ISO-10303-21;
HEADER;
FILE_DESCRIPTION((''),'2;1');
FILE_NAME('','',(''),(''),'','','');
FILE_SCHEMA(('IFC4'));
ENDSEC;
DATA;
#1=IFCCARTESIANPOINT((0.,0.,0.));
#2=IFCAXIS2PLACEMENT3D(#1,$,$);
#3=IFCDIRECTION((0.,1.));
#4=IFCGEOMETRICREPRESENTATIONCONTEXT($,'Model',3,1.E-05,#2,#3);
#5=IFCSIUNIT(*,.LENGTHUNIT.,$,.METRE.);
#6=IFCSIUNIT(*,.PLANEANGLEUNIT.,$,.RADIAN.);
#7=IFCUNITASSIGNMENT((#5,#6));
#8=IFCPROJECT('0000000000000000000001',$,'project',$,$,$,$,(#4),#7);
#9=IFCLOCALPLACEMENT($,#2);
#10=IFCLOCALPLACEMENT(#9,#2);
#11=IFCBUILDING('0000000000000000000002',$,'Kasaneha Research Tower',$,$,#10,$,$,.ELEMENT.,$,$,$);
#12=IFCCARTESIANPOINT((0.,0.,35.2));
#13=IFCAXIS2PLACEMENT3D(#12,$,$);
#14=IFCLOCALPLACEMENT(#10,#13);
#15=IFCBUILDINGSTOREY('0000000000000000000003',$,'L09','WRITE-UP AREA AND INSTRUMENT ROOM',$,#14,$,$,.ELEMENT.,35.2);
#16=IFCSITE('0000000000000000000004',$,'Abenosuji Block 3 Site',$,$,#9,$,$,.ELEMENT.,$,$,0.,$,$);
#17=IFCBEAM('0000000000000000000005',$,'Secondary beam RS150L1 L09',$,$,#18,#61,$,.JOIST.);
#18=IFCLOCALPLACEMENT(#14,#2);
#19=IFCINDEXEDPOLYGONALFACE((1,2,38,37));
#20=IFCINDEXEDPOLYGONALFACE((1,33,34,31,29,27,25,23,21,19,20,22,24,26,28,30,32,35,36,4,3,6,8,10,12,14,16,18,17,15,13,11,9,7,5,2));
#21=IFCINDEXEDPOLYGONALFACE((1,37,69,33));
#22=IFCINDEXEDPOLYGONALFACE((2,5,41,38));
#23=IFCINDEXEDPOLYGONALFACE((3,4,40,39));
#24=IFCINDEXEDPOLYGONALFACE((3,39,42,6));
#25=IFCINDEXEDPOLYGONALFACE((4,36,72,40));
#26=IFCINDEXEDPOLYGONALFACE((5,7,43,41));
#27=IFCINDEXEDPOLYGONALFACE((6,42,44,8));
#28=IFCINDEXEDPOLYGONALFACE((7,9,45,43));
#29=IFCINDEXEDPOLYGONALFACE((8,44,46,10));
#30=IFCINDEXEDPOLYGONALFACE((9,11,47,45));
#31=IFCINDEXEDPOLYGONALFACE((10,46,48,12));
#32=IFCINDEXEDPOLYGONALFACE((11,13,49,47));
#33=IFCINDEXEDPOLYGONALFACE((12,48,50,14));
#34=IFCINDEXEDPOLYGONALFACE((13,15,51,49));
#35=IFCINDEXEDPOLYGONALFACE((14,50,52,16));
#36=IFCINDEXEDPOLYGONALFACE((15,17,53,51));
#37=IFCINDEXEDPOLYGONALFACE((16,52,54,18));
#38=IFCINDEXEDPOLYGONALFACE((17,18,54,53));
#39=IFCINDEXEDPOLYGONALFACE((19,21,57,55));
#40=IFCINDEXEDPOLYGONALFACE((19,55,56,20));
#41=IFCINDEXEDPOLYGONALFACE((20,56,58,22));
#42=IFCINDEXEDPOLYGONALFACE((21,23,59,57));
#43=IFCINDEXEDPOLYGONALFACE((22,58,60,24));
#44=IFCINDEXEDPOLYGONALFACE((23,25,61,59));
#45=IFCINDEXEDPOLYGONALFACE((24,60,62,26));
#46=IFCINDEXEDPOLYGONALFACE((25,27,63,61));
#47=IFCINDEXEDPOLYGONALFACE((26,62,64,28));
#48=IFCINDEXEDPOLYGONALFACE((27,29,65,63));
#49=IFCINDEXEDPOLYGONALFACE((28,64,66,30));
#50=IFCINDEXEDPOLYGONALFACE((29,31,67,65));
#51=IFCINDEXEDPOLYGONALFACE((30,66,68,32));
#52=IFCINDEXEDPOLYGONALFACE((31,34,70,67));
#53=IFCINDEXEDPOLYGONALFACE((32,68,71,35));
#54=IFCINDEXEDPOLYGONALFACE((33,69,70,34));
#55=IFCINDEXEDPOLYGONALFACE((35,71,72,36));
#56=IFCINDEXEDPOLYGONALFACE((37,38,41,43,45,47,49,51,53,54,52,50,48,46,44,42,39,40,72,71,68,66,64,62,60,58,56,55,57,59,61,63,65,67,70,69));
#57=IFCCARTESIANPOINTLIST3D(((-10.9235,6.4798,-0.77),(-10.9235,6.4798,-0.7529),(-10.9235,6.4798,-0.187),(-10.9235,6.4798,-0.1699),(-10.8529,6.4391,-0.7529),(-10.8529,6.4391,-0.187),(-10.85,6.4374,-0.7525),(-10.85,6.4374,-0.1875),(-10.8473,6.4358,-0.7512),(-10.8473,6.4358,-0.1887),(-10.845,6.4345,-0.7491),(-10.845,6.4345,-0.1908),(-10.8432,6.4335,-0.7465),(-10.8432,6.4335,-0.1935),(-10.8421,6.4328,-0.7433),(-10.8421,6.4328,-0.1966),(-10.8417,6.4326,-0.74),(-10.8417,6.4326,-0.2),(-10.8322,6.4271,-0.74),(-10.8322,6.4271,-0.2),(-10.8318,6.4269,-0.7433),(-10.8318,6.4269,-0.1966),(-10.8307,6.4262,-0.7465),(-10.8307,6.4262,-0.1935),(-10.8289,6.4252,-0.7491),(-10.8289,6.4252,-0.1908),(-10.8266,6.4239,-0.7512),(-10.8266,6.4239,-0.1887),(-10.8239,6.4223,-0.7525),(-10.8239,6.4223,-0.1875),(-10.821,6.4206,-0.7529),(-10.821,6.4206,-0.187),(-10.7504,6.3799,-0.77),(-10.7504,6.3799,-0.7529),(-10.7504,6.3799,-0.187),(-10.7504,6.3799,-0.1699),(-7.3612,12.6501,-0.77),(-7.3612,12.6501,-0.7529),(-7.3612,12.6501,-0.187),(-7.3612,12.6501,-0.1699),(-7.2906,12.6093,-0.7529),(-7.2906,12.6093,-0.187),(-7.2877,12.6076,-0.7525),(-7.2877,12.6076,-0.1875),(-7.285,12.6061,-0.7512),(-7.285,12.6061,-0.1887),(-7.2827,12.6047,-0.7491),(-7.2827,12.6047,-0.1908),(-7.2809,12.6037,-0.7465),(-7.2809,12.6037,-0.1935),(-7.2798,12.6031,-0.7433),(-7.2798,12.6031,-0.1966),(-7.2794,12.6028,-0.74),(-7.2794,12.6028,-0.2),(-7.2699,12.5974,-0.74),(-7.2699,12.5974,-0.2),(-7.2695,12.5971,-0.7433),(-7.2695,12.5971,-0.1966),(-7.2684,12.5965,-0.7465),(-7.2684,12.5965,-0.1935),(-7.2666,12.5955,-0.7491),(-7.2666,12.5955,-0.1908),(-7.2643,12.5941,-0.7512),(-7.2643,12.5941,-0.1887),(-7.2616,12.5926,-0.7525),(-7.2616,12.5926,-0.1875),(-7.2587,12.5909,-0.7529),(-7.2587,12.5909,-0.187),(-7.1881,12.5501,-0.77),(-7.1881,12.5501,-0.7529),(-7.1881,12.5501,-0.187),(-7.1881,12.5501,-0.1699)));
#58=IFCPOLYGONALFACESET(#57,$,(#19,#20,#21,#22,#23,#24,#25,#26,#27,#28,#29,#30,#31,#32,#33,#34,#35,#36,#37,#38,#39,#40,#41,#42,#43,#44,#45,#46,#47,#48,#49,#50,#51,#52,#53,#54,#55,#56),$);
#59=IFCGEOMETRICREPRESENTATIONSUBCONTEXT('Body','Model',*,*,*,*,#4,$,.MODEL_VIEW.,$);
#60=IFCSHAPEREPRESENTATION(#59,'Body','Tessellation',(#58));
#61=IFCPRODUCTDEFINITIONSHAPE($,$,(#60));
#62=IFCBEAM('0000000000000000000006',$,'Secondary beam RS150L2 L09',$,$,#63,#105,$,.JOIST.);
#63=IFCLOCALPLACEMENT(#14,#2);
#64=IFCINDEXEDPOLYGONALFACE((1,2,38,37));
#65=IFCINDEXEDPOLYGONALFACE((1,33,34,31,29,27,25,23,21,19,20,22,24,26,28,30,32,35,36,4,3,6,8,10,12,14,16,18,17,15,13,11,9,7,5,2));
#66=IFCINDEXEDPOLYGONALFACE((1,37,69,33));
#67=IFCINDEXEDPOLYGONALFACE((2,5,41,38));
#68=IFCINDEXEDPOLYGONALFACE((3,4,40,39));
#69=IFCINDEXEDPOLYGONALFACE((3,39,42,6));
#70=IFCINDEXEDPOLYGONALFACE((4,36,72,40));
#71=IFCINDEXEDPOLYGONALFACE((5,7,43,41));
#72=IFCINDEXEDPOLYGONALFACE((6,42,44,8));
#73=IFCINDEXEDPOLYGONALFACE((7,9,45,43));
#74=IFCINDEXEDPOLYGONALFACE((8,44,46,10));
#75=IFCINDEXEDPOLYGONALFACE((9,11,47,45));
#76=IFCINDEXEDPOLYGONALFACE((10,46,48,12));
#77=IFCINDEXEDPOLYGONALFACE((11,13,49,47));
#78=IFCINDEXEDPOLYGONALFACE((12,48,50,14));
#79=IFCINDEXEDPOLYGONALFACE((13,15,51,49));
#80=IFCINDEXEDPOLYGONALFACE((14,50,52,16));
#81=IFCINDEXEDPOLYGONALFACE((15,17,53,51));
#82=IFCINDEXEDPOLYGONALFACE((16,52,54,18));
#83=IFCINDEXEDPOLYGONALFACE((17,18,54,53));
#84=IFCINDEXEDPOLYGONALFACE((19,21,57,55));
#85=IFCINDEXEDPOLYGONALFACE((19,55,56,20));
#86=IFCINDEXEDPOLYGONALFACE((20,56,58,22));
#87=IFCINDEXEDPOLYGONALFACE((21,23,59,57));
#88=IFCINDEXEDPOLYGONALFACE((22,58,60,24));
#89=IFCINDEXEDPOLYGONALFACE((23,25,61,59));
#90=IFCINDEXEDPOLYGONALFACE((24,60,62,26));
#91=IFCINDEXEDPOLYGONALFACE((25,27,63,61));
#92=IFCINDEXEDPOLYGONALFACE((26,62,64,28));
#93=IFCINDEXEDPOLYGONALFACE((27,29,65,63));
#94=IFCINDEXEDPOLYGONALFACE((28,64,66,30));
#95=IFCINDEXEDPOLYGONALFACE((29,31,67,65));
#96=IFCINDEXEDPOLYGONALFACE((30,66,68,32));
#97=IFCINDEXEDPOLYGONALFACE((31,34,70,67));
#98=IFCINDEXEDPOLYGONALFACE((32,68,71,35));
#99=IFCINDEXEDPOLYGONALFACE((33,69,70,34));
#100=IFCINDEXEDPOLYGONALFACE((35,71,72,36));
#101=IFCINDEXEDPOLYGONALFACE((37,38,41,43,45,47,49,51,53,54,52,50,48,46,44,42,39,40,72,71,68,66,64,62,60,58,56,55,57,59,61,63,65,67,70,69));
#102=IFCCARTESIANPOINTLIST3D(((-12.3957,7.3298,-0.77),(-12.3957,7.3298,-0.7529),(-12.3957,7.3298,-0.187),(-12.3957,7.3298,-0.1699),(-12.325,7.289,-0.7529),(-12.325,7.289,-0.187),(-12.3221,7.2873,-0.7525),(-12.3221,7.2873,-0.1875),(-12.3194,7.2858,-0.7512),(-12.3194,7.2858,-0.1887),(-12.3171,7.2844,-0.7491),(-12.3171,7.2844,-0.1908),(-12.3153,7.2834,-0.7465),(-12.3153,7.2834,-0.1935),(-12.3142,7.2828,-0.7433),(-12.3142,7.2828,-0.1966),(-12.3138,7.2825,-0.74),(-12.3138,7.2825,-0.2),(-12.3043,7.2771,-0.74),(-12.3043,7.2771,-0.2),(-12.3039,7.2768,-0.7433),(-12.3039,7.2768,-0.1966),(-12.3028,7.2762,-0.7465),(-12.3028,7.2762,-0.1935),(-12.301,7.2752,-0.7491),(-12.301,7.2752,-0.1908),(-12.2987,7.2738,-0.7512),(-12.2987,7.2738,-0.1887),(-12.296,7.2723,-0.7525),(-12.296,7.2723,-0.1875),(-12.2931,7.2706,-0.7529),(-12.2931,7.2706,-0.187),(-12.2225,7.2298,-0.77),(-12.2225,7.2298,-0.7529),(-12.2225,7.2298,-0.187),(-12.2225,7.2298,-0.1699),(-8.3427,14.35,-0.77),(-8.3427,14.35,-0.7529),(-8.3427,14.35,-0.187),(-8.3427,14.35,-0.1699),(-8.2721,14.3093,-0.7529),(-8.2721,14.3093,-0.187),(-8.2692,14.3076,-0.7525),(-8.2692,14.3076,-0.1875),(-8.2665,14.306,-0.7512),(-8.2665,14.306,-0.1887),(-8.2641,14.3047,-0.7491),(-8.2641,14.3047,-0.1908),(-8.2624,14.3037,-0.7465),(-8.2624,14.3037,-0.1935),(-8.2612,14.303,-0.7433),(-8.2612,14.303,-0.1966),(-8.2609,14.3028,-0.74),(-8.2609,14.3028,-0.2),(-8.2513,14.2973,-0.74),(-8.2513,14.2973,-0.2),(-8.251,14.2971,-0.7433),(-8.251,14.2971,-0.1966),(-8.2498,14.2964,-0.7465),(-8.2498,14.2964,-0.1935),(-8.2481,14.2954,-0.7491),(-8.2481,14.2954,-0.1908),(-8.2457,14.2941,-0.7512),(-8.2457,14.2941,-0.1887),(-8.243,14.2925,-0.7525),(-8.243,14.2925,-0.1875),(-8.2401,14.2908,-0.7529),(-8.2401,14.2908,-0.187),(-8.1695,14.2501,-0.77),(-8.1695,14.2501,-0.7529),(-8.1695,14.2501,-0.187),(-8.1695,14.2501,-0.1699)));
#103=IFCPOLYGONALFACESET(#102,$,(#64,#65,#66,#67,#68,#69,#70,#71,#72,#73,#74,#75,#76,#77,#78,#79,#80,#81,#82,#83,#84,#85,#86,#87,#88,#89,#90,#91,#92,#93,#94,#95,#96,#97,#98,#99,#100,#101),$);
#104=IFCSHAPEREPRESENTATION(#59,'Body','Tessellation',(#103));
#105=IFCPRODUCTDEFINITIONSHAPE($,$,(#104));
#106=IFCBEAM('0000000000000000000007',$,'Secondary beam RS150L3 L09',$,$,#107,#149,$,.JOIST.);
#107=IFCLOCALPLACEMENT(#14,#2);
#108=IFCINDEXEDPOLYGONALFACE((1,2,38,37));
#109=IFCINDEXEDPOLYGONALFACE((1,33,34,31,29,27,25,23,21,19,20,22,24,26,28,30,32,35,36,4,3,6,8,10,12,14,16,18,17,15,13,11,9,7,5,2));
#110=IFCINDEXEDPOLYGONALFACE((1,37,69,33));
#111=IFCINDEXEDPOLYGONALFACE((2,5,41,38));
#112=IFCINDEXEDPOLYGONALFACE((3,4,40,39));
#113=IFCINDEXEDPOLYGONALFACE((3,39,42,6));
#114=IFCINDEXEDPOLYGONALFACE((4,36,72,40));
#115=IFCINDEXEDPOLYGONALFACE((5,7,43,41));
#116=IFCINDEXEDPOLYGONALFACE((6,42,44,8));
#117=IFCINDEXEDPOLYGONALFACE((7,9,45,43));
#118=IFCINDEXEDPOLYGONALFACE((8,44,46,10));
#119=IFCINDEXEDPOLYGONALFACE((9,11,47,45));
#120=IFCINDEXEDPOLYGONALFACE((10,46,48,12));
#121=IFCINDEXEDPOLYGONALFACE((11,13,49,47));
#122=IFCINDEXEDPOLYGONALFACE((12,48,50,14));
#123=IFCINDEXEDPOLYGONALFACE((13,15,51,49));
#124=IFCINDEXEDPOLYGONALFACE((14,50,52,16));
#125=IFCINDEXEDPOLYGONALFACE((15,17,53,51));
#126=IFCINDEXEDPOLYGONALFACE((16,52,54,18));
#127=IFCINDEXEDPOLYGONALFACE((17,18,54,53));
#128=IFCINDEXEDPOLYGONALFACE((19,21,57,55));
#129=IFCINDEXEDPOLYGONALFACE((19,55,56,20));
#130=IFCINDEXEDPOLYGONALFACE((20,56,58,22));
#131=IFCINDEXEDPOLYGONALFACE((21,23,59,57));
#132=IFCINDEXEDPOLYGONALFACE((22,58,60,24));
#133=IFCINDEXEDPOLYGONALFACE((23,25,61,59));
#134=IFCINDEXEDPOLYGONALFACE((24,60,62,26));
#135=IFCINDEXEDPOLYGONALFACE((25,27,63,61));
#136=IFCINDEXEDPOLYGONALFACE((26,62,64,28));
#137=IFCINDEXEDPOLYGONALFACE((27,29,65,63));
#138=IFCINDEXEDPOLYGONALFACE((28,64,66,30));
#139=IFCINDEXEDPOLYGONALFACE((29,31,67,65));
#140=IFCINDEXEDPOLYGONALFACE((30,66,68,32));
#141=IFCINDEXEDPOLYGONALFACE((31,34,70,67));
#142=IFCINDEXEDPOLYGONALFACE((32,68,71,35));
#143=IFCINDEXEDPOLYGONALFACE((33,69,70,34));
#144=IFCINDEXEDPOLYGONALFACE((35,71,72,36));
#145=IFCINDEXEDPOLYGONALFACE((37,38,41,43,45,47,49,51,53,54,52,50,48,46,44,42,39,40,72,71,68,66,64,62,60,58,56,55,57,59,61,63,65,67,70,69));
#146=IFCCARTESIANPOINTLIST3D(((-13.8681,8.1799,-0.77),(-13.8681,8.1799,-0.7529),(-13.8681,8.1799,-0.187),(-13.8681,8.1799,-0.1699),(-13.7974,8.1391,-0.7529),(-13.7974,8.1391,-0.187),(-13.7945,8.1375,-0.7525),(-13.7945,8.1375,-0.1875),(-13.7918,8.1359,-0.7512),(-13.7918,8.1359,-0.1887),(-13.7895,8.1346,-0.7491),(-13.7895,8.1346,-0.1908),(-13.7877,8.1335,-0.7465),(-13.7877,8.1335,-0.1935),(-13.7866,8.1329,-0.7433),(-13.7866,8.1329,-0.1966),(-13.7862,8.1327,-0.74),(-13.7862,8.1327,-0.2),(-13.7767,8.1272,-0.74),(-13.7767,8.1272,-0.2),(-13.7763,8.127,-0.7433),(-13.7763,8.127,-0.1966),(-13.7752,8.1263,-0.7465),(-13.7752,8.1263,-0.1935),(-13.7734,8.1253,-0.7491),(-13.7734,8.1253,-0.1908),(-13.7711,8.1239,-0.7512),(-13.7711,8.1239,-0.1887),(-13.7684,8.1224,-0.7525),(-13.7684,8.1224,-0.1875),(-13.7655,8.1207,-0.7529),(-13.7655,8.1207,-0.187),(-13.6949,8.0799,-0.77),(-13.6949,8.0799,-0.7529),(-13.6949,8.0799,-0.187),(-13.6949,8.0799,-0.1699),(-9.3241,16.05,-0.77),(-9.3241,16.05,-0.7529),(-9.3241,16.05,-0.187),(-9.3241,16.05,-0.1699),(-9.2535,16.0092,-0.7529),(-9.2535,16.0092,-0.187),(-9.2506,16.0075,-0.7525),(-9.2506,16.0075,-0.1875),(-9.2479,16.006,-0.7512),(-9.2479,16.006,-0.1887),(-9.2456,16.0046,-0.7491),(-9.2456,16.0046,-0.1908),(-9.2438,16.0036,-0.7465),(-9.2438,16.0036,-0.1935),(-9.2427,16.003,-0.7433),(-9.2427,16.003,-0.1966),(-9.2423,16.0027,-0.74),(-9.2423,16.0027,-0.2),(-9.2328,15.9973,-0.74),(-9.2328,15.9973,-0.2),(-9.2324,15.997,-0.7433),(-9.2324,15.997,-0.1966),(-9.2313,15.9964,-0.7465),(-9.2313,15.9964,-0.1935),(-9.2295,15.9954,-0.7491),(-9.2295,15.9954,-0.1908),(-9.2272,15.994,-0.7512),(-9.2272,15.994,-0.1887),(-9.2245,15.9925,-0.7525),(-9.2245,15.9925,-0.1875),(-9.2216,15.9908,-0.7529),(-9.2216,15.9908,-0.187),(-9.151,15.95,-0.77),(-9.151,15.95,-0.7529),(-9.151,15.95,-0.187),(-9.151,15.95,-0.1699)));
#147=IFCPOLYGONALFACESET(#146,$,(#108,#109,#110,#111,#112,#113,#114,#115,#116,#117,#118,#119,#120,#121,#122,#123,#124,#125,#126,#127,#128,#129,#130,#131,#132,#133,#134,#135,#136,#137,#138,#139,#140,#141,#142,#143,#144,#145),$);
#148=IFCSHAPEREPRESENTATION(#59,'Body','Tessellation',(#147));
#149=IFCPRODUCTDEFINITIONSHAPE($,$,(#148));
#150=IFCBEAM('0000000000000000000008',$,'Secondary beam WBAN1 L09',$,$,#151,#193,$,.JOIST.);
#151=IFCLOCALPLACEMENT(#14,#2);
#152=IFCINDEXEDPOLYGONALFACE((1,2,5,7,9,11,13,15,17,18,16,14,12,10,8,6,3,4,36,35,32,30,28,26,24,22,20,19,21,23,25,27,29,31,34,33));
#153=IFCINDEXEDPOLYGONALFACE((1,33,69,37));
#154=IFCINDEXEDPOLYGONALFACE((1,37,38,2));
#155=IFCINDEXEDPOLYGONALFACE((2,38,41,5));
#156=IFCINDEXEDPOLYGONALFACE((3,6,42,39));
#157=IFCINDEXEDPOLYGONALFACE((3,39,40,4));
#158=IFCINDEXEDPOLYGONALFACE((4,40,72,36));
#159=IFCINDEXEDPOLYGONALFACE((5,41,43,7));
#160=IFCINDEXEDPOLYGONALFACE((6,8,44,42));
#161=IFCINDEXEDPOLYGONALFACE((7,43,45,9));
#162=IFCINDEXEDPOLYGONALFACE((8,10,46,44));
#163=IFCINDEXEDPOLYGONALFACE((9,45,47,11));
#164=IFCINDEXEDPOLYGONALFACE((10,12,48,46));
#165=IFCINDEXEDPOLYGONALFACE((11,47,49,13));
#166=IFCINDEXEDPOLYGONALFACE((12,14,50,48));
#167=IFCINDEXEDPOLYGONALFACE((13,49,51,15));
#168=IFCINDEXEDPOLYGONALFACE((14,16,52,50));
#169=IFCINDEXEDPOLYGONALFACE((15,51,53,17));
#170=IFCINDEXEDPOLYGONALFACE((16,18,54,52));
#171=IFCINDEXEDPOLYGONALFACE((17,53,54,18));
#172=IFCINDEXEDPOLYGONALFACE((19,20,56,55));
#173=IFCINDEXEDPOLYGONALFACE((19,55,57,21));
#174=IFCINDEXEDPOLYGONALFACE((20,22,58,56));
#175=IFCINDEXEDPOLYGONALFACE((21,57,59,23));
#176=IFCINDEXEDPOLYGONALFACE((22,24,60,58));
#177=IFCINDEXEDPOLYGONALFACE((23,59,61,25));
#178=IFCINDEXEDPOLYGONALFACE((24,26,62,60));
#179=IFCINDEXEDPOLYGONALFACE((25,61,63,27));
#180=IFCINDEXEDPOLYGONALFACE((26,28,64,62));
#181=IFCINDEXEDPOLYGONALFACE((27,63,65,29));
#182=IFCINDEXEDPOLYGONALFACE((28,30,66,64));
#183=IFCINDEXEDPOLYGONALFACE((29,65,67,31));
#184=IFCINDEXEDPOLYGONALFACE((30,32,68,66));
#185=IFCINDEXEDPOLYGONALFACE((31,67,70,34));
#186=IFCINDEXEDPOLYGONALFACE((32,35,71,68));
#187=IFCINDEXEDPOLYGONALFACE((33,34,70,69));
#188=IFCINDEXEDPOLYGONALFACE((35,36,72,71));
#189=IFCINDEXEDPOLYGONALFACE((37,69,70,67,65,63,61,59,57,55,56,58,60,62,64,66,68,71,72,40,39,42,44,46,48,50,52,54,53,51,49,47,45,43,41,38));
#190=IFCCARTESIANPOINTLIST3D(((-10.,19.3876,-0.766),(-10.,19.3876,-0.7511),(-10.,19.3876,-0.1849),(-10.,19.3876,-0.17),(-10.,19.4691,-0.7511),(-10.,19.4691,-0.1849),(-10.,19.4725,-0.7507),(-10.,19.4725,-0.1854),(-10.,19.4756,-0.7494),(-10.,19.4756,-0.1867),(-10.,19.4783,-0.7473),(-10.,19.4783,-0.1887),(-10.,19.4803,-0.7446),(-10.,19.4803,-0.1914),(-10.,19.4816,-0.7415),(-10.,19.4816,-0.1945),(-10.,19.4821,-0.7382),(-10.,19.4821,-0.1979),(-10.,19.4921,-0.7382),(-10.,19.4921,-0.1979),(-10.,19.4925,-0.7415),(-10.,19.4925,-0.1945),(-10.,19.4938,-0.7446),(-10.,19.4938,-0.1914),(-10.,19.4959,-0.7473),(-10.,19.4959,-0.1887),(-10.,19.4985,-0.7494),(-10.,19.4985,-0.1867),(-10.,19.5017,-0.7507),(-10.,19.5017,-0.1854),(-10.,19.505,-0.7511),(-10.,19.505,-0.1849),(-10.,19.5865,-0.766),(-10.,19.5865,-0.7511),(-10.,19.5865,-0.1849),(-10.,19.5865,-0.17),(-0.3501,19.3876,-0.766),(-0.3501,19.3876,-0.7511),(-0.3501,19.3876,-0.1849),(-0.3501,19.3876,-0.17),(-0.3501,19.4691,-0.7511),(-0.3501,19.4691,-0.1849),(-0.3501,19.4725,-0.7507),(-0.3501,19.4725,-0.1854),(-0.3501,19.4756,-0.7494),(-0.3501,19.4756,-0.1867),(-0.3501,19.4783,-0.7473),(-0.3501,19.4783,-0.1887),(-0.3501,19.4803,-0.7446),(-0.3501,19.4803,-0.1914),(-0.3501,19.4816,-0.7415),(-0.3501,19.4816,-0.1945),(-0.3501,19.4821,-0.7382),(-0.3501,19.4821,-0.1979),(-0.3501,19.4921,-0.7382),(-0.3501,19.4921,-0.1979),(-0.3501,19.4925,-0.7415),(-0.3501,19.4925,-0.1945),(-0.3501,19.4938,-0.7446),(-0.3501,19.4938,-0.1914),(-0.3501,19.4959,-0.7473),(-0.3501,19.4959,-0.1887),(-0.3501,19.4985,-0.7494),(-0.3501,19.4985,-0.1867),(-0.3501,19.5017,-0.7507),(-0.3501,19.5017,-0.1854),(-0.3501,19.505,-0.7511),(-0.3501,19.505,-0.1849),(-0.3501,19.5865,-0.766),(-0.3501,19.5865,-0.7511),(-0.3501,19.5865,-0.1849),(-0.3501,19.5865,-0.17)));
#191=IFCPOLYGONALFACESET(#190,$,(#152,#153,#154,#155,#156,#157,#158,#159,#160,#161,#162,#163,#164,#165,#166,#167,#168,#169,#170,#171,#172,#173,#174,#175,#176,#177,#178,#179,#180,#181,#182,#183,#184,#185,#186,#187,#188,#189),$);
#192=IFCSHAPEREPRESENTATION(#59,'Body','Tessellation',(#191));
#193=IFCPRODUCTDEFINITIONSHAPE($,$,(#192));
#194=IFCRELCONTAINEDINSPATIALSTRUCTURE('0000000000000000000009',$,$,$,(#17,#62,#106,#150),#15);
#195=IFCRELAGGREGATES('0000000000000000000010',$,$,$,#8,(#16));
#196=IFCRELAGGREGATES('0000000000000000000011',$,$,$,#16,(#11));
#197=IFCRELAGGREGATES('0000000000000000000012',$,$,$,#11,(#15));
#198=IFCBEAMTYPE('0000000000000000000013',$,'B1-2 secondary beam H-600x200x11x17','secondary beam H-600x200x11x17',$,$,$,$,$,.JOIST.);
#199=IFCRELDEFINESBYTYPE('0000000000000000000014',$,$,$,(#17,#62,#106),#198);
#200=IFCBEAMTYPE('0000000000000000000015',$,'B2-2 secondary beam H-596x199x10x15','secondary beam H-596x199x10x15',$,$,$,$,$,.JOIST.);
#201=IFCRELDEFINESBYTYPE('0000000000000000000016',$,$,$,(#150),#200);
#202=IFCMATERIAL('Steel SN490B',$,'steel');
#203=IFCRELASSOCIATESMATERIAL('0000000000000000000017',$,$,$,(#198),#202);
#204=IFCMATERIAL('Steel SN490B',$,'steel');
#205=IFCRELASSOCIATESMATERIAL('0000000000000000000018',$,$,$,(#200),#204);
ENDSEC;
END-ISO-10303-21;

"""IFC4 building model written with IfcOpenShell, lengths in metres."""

from ifc_helpers import new_model, si_unit, direction, frame, origin, origin_2d, place, context, subcontext, project, spatial, i_section, extrude, material, material_profile, profile_set, type_object, element, save


model = new_model("IFC4")

# Units and contexts
model_context = context("Model", 3, precision=1e-05, world=origin(), true_north=direction((0.0, 1.0)))
body_context = subcontext(model_context, "Body", "Model", "MODEL_VIEW")
ifc_project = project(units=[si_unit("LENGTHUNIT", "METRE"), si_unit("PLANEANGLEUNIT", "RADIAN")], contexts=[model_context])

# Site, building, storey
site_placement = place(None, origin())
site = spatial("IfcSite", under=ifc_project, at=site_placement, Name="Abenosuji Block 3 Site", CompositionType="ELEMENT", RefElevation=0.0)
building_placement = place(site_placement, origin())
building = spatial("IfcBuilding", under=site, at=building_placement, Name="Kasaneha Research Tower", CompositionType="ELEMENT")
storey_placement = place(building_placement, frame((0.0, 0.0, 35.2)))
storey = spatial("IfcBuildingStorey", under=building, at=storey_placement, Name="L09", Description="WRITE-UP AREA AND INSTRUMENT ROOM", CompositionType="ELEMENT", Elevation=35.2)

# Beams
ifc_material_1 = material(Name="Steel SN490B", Category="steel")
ifc_material_profile_1 = material_profile(ifc_material_1, i_section(OverallWidth=0.2, OverallDepth=0.6001, WebThickness=0.011, FlangeThickness=0.0171, FilletRadius=0.0129, at=origin_2d()), Name="H-600x200x11x17")
ifc_profile_set_1 = profile_set([ifc_material_profile_1], Name="Steel SN490B")
beam_type_1 = type_object("IfcBeamType", Name="B1-2 secondary beam H-600x200x11x17", Description="secondary beam H-600x200x11x17", PredefinedType="JOIST", material=ifc_profile_set_1)
beam_1_placement = place(storey_placement, frame((-7.2747, 12.6001, -0.47), z_axis=(-0.49999, -0.866031, 0.0), x_axis=(0.866031, -0.49999, 0.0)))
element("IfcBeam", 1, at=beam_1_placement, inside=storey, type_object=beam_type_1, Name="Secondary beam RS150L1 L09", PredefinedType="JOIST", context=body_context, shape_type="SweptSolid", body=[
    extrude(i_section(OverallWidth=0.2, OverallDepth=0.6001, WebThickness=0.011, FlangeThickness=0.0171, FilletRadius=0.0129, at=origin_2d()), origin(), (0.0, 0.0, 1.0), 7.1248),
])
beam_2_placement = place(storey_placement, frame((-8.2561, 14.3, -0.47), z_axis=(-0.499984, -0.866035, 0.0), x_axis=(0.866035, -0.499984, 0.0)))
element("IfcBeam", 2, at=beam_2_placement, inside=storey, type_object=beam_type_1, Name="Secondary beam RS150L2 L09", PredefinedType="JOIST", context=body_context, shape_type="SweptSolid", body=[
    extrude(i_section(OverallWidth=0.2, OverallDepth=0.6001, WebThickness=0.011, FlangeThickness=0.0171, FilletRadius=0.0129, at=origin_2d()), origin(), (0.0, 0.0, 1.0), 8.1062),
])
beam_3_placement = place(storey_placement, frame((-9.2375, 16.0, -0.47), z_axis=(-0.500011, -0.866019, 0.0), x_axis=(0.866019, -0.500011, 0.0)))
element("IfcBeam", 3, at=beam_3_placement, inside=storey, type_object=beam_type_1, Name="Secondary beam RS150L3 L09", PredefinedType="JOIST", context=body_context, shape_type="SweptSolid", body=[
    extrude(i_section(OverallWidth=0.2, OverallDepth=0.6001, WebThickness=0.011, FlangeThickness=0.0171, FilletRadius=0.0129, at=origin_2d()), origin(), (0.0, 0.0, 1.0), 9.0876),
])
ifc_material_2 = material(Name="Steel SN490B", Category="steel")
ifc_material_profile_2 = material_profile(ifc_material_2, i_section(OverallWidth=0.199, OverallDepth=0.5959, WebThickness=0.01, FlangeThickness=0.0149, FilletRadius=0.0129, at=origin_2d()), Name="H-596x199x10x15")
ifc_profile_set_2 = profile_set([ifc_material_profile_2], Name="Steel SN490B")
beam_type_2 = type_object("IfcBeamType", Name="B2-2 secondary beam H-596x199x10x15", Description="secondary beam H-596x199x10x15", PredefinedType="JOIST", material=ifc_profile_set_2)
for number, where, z_axis, x_axis, name in (
    (4, (-10.0, 19.4871, -0.468), (1.0, 0.0, 0.0), (0.0, 1.0, 0.0), "Secondary beam WBAN1 L09"),
):
    element("IfcBeam", number, at=place(storey_placement, frame(where, z_axis=z_axis, x_axis=x_axis)), inside=storey, type_object=beam_type_2, Name=name, PredefinedType="JOIST", context=body_context, shape_type="SweptSolid", body=[
        extrude(i_section(OverallWidth=0.199, OverallDepth=0.5959, WebThickness=0.01, FlangeThickness=0.0149, FilletRadius=0.0129, at=origin_2d()), origin(), (0.0, 0.0, 1.0), 9.6499),
    ])

save(model, "model.ifc")
